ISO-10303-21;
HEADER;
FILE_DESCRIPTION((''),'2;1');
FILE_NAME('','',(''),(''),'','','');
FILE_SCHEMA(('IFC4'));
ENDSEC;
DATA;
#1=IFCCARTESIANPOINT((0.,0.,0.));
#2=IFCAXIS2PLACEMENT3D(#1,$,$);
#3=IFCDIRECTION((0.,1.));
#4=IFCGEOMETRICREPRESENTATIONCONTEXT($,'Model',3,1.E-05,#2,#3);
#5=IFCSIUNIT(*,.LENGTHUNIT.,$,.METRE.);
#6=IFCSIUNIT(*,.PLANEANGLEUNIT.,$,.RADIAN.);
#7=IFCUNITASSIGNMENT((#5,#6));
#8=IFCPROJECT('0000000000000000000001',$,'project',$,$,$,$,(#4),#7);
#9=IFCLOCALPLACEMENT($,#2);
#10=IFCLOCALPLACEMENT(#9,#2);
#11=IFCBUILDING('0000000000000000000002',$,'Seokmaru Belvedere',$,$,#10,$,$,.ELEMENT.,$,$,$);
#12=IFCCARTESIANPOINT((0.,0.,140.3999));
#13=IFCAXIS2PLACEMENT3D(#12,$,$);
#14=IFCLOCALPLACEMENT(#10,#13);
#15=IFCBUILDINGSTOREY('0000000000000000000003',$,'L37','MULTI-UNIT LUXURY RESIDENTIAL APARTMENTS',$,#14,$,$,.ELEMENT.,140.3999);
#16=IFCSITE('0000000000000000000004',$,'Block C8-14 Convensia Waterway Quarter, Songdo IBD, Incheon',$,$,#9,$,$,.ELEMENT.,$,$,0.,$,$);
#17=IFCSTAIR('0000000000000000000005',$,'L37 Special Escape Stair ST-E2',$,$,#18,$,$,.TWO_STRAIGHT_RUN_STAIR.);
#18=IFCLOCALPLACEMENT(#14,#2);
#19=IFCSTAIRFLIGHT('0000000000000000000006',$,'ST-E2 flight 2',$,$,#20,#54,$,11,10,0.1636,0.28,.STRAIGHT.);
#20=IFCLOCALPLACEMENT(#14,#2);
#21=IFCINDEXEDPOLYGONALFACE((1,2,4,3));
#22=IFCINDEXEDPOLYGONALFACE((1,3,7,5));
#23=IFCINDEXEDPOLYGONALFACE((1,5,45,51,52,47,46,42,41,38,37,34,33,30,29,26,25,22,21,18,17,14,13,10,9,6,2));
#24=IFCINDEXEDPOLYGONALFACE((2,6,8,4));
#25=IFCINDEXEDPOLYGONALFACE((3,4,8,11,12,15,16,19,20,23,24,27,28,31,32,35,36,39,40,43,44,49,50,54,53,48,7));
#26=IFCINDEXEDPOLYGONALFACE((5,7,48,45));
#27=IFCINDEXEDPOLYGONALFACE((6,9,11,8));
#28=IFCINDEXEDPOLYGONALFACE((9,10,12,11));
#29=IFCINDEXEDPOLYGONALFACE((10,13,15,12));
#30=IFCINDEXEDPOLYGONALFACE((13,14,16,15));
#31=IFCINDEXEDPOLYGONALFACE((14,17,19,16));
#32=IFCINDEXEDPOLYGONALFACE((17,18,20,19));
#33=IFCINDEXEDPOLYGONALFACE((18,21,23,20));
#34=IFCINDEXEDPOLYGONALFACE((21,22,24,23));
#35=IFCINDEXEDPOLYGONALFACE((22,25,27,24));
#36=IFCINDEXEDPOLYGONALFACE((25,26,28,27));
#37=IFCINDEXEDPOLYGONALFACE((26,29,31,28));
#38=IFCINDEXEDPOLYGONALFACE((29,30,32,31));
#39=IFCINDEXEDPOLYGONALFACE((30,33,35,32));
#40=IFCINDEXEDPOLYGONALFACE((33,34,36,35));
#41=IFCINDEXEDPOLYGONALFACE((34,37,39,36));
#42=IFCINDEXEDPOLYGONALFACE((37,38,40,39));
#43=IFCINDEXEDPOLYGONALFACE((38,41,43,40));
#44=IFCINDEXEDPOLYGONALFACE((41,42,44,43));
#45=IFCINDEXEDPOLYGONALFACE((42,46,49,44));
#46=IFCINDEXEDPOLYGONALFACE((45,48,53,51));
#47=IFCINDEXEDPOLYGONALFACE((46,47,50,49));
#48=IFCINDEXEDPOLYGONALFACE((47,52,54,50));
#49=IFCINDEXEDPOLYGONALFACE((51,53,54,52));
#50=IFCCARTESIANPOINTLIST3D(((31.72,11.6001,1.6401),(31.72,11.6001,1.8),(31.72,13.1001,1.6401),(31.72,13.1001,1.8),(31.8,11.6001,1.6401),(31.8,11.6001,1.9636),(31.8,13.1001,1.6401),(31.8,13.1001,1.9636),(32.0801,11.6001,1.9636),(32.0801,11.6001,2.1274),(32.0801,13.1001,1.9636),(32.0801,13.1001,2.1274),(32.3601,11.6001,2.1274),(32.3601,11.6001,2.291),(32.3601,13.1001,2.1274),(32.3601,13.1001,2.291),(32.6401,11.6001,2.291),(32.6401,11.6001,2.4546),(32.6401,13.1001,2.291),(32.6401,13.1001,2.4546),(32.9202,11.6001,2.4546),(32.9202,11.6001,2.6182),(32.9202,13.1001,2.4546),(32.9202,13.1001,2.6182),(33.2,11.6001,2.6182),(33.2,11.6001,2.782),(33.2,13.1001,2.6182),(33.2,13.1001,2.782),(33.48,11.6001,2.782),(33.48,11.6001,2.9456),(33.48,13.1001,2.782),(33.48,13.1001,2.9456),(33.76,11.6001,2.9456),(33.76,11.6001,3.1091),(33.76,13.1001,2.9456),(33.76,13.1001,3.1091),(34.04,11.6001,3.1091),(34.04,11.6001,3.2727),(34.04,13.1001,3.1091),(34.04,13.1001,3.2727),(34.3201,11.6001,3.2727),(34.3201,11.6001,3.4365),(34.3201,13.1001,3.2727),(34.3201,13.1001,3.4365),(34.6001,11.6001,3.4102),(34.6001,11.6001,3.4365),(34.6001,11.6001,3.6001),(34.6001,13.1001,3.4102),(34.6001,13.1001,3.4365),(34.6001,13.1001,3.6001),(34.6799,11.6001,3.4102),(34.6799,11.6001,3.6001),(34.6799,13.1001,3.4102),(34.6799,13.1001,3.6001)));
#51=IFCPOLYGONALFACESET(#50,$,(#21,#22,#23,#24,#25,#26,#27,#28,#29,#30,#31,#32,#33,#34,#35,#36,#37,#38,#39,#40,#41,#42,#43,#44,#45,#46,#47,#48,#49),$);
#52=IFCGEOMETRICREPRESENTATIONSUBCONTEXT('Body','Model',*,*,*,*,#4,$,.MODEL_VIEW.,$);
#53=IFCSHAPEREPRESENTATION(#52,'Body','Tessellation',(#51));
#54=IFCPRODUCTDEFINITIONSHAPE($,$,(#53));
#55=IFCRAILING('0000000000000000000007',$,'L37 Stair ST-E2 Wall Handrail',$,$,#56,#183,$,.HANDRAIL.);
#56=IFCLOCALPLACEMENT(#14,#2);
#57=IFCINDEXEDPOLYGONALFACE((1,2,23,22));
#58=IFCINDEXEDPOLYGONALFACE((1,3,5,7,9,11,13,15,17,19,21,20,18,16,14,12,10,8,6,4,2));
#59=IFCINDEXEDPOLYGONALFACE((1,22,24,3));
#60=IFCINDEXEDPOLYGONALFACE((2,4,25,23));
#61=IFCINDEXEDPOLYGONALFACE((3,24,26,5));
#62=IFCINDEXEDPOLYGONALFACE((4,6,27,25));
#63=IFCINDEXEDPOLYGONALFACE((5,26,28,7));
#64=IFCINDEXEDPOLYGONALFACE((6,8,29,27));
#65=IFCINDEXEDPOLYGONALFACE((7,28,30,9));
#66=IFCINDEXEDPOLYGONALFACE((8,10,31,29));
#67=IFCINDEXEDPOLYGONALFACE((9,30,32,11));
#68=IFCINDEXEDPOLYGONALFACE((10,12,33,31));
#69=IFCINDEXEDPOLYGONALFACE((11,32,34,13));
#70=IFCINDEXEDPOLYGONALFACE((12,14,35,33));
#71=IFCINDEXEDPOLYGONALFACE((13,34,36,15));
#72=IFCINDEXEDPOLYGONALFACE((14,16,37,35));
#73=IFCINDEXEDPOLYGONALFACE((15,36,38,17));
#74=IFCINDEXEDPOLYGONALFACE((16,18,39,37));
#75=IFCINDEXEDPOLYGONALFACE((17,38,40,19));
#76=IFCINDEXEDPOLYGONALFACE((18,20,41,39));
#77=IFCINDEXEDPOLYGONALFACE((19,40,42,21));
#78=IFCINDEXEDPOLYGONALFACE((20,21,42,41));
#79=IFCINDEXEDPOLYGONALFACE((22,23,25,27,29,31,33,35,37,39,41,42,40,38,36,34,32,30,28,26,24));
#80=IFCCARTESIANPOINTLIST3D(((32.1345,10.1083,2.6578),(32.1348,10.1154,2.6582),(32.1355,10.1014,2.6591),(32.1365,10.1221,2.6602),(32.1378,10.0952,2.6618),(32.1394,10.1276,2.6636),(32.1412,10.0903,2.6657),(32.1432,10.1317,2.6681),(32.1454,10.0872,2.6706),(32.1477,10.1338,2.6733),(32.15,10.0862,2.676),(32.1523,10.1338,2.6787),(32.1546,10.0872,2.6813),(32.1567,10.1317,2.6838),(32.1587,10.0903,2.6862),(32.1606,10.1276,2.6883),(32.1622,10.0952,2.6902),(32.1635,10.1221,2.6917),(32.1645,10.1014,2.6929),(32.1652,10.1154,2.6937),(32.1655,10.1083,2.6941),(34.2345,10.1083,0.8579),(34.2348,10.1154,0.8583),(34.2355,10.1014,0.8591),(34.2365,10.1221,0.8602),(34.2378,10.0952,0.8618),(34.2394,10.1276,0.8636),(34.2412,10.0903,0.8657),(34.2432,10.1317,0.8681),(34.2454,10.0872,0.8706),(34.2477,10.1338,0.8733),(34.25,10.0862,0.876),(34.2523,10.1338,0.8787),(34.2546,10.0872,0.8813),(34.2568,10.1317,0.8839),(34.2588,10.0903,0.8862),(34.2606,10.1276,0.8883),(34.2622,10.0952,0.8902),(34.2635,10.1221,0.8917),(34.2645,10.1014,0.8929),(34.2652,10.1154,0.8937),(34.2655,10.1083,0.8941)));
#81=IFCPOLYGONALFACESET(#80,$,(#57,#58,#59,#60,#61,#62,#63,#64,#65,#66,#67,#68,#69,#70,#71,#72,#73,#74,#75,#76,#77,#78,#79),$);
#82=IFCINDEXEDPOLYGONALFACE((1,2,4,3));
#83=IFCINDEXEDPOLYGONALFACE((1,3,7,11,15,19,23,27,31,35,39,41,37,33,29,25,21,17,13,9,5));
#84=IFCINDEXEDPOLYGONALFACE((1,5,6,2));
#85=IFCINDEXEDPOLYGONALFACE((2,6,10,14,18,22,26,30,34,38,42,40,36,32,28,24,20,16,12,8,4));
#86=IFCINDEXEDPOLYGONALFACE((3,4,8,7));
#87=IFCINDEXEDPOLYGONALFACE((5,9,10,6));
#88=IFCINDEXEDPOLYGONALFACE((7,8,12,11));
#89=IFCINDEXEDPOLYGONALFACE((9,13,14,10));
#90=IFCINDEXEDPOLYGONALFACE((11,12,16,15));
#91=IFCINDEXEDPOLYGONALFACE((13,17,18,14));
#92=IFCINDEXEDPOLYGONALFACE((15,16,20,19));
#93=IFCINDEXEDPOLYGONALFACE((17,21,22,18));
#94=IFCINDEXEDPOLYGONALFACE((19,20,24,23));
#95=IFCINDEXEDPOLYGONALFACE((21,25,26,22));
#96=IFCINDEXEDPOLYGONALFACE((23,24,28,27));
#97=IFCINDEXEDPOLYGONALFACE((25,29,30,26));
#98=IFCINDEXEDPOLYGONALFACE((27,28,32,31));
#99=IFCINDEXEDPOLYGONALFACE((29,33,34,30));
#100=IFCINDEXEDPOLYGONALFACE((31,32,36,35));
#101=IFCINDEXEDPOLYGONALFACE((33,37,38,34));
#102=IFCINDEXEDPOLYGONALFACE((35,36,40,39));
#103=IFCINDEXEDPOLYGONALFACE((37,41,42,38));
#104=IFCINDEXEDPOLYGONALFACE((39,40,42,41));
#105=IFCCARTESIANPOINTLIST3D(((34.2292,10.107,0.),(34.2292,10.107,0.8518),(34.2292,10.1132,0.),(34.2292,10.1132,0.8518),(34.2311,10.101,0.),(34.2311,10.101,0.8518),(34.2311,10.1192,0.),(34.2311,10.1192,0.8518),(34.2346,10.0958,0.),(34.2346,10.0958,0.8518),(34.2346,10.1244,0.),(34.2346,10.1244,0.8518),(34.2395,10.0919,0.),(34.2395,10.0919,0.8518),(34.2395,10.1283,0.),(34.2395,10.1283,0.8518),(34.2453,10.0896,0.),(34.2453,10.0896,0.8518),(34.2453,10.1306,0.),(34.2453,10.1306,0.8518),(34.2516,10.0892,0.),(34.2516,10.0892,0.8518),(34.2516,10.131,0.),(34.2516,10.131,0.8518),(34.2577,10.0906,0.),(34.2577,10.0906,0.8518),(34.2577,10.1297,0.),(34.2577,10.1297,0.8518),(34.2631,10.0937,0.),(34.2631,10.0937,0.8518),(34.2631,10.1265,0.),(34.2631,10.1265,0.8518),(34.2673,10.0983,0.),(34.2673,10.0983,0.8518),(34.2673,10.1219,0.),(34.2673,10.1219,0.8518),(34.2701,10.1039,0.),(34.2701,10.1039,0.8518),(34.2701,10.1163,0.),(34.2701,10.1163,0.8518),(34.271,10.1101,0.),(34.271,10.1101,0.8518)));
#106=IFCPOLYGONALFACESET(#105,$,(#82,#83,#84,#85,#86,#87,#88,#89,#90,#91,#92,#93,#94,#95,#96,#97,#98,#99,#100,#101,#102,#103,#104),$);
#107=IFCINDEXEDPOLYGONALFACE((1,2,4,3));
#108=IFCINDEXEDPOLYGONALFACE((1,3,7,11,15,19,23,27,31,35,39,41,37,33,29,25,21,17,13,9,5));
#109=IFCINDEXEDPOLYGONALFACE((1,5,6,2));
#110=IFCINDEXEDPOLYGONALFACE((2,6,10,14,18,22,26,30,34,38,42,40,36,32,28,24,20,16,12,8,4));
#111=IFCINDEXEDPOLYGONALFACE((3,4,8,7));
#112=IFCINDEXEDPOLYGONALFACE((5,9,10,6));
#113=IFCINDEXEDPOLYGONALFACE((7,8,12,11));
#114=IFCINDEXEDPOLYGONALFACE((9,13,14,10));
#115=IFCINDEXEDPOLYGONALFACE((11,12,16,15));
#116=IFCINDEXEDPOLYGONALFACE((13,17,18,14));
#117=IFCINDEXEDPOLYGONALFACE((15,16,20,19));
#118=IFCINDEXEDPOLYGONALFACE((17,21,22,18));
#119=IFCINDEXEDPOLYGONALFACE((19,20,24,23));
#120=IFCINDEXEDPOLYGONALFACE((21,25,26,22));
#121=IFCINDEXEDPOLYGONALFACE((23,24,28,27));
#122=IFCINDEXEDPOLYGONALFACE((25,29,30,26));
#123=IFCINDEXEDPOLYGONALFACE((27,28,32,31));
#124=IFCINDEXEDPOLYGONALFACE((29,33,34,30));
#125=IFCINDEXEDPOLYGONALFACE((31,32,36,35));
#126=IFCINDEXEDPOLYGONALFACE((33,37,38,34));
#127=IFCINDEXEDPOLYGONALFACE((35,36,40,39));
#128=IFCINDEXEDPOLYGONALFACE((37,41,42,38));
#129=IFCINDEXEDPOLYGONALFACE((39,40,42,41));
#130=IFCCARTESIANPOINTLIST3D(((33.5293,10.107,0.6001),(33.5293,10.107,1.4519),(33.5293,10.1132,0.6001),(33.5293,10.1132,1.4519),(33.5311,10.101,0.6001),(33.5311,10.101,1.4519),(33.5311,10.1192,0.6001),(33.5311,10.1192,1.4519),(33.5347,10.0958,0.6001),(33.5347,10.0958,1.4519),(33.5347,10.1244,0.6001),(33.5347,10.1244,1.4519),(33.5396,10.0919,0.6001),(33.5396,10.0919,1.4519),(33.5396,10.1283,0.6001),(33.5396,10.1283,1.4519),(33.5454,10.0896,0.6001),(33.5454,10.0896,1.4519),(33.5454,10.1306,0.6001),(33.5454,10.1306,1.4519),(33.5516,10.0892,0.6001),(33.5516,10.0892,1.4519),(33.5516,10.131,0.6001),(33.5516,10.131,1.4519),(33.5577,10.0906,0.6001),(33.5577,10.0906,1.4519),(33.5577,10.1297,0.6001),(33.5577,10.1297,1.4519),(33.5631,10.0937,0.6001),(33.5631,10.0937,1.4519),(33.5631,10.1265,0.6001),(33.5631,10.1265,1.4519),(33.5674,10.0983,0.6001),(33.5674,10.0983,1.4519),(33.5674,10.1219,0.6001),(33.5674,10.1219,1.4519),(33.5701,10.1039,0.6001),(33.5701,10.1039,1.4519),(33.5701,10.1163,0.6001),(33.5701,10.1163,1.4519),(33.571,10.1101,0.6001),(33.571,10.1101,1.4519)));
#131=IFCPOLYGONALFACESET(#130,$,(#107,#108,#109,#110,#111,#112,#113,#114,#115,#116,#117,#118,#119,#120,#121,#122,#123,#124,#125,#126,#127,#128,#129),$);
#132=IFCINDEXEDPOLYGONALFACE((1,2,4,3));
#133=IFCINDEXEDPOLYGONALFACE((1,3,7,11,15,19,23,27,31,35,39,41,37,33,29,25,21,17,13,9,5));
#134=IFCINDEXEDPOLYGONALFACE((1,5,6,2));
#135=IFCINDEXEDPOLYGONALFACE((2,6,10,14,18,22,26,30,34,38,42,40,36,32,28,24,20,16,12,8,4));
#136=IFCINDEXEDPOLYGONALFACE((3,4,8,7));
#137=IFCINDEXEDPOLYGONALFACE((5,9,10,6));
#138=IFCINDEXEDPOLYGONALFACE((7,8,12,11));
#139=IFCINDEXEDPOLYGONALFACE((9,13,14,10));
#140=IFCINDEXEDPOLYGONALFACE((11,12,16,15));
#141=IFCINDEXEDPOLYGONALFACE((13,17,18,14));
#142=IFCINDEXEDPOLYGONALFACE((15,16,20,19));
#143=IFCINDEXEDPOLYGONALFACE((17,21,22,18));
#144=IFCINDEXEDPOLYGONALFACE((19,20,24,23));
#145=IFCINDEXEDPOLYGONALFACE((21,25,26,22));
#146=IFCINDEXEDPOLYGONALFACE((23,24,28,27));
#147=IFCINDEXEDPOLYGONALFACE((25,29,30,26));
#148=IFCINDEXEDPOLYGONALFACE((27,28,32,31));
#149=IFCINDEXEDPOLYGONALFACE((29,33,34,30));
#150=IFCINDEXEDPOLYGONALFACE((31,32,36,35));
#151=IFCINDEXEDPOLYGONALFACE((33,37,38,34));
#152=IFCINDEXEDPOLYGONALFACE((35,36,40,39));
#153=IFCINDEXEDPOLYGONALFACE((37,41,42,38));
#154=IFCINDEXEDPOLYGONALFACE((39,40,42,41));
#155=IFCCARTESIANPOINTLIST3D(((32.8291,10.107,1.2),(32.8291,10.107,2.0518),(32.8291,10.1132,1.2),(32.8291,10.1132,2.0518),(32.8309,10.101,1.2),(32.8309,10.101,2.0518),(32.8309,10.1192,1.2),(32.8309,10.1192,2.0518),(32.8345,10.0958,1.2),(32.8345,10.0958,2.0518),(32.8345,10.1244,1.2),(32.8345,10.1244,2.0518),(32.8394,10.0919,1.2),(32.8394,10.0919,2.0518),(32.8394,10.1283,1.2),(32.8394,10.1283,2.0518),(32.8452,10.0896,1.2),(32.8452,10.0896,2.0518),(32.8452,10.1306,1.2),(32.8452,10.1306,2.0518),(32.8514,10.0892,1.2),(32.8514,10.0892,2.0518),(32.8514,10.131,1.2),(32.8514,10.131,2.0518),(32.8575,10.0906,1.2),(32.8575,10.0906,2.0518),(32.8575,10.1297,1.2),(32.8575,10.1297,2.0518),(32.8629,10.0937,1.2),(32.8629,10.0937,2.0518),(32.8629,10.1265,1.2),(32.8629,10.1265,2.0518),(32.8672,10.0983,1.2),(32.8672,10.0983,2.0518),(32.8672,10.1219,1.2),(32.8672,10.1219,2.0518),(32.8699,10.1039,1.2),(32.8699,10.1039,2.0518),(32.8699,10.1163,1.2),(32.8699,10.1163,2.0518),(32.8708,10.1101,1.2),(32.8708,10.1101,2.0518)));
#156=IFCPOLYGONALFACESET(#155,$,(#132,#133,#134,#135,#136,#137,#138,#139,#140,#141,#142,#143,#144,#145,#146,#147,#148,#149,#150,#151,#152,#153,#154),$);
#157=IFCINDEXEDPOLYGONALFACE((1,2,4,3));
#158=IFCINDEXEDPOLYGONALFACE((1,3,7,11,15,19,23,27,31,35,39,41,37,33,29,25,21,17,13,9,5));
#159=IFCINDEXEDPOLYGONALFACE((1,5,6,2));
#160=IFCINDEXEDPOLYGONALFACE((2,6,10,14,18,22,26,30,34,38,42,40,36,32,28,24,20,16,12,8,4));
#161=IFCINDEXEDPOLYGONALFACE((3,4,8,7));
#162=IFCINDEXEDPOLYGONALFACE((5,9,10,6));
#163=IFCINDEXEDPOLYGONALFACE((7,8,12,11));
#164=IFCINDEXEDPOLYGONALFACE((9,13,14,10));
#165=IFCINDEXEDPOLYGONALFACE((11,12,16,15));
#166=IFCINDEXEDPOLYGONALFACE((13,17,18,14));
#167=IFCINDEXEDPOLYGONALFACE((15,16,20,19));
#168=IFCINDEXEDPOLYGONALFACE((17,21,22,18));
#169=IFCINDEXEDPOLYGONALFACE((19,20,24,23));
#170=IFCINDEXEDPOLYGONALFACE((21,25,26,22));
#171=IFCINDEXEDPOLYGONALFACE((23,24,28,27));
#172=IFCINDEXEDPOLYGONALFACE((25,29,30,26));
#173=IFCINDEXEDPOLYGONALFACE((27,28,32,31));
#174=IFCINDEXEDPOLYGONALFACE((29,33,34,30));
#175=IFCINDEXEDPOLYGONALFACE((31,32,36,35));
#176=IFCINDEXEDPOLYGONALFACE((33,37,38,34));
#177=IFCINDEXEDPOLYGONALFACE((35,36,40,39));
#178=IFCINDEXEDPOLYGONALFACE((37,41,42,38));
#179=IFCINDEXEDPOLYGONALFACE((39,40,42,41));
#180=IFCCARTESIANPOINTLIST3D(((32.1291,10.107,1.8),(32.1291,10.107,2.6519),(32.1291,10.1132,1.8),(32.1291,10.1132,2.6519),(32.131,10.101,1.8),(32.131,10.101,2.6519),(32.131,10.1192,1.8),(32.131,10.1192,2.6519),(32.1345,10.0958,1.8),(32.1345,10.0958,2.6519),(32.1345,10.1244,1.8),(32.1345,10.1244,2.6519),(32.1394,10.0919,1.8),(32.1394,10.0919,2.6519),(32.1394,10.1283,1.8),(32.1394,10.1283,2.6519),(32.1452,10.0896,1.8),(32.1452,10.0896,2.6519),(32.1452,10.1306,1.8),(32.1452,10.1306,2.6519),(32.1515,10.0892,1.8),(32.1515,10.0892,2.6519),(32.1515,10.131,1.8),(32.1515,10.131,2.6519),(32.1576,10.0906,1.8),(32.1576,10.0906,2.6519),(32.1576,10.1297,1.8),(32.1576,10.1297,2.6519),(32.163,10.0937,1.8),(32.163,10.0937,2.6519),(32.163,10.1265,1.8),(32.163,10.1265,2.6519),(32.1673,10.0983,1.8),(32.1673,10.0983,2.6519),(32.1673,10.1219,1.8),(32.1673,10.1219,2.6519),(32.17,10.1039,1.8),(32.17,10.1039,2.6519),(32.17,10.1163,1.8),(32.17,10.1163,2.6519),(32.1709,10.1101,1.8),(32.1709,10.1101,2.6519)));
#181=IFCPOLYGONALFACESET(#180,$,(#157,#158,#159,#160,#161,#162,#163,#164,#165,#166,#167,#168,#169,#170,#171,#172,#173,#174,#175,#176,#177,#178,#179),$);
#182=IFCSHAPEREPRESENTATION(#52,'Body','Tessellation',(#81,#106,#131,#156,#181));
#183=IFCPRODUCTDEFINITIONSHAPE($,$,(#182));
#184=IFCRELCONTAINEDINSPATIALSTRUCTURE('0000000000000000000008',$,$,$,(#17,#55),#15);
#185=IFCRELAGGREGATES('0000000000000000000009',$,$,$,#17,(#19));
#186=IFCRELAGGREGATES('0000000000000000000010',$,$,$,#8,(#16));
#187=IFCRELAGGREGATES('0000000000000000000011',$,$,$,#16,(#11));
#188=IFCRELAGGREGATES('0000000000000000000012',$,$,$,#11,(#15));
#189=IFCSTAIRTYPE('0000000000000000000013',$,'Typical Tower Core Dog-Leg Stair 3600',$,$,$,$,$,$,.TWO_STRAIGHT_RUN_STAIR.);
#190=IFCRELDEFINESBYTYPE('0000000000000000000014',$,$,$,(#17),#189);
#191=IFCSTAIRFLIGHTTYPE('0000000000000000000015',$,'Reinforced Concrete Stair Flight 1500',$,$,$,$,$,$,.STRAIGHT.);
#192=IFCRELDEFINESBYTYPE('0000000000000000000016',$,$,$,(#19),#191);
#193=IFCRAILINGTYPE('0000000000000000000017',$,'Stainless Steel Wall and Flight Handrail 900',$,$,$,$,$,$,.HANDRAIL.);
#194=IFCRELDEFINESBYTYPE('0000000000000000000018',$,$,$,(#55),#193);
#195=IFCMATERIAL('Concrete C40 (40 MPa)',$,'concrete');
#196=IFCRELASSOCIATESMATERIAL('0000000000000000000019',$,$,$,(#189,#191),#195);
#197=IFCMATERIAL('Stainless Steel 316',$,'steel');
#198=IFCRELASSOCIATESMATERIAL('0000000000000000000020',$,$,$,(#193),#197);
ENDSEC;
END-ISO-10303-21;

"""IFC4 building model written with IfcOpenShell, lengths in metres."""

from ifc_helpers import new_model, si_unit, direction, frame, origin, origin_2d, place, context, subcontext, project, spatial, polyline, circle, outline, extrude, material, type_object, element, aggregate, save


model = new_model("IFC4")

# Units and contexts
model_context = context("Model", 3, precision=1e-05, world=origin(), true_north=direction((0.0, 1.0)))
body_context = subcontext(model_context, "Body", "Model", "MODEL_VIEW")
ifc_project = project(units=[si_unit("LENGTHUNIT", "METRE"), si_unit("PLANEANGLEUNIT", "RADIAN")], contexts=[model_context])

# Site, building, storey
site_placement = place(None, origin())
site = spatial("IfcSite", under=ifc_project, at=site_placement, Name="Block C8-14 Convensia Waterway Quarter, Songdo IBD, Incheon", CompositionType="ELEMENT", RefElevation=0.0)
building_placement = place(site_placement, origin())
building = spatial("IfcBuilding", under=site, at=building_placement, Name="Seokmaru Belvedere", CompositionType="ELEMENT")
storey_placement = place(building_placement, frame((0.0, 0.0, 140.3999)))
storey = spatial("IfcBuildingStorey", under=building, at=storey_placement, Name="L37", Description="MULTI-UNIT LUXURY RESIDENTIAL APARTMENTS", CompositionType="ELEMENT", Elevation=140.3999)

# Shared definitions
ifc_material_1 = material(Name="Stainless Steel 316", Category="steel")

# Stair, stair flight
ifc_material_2 = material(Name="Concrete C40 (40 MPa)", Category="concrete")
stair_type = type_object("IfcStairType", Name="Typical Tower Core Dog-Leg Stair 3600", PredefinedType="TWO_STRAIGHT_RUN_STAIR", material=ifc_material_2)
stair_placement = place(storey_placement, origin())
stair = element("IfcStair", 1, at=stair_placement, inside=storey, type_object=stair_type, Name="L37 Special Escape Stair ST-E2", PredefinedType="TWO_STRAIGHT_RUN_STAIR")
stair_flight_type = type_object("IfcStairFlightType", Name="Reinforced Concrete Stair Flight 1500", PredefinedType="STRAIGHT", material=ifc_material_2)
stair_flight_1_placement = place(storey_placement, frame((31.8, 12.3501, 1.8), z_axis=(0.0, 0.0, 1.0), x_axis=(1.0, 0.0, 0.0)))
stair_flight_1 = element("IfcStairFlight", 2, at=stair_flight_1_placement, type_object=stair_flight_type, Name="ST-E2 flight 2", NumberOfRisers=11, NumberOfTreads=10, PredefinedType="STRAIGHT", RiserHeight=0.1636, TreadLength=0.28, context=body_context, shape_type="SweptSolid", body=[
    extrude(outline(polyline([(-0.0801, 0.0), (0.0, 0.1636), (0.28, 0.1636), (0.28, 0.3274), (0.5601, 0.3274), (0.5601, 0.491), (0.8401, 0.491), (0.8401, 0.6545), (1.1201, 0.6545), (1.1201, 0.8181), (1.3999, 0.8181), (1.3999, 0.9819), (1.6799, 0.9819), (1.6799, 1.1455), (1.96, 1.1455), (1.96, 1.3091), (2.24, 1.3091), (2.24, 1.4727), (2.52, 1.4727), (2.52, 1.6365), (2.8, 1.6365), (2.8, 1.8), (2.8799, 1.8), (2.8799, 1.6101), (2.8, 1.6101), (0.0, -0.1599), (-0.0801, -0.1599), (-0.0801, 0.0)])), frame((0.0, 0.75, 0.0), z_axis=(0.0, -1.0, 0.0), x_axis=(1.0, 0.0, 0.0)), (0.0, 0.0, 1.0), 1.5),
])
aggregate(stair, [stair_flight_1])

# Railing
railing_type_1 = type_object("IfcRailingType", Name="Stainless Steel Wall and Flight Handrail 900", PredefinedType="HANDRAIL", material=ifc_material_1)
railing_1_placement = place(storey_placement, frame((34.25, 10.1101, 0.0)))
element("IfcRailing", 3, at=railing_1_placement, inside=storey, type_object=railing_type_1, Name="L37 Stair ST-E2 Wall Handrail", PredefinedType="HANDRAIL", context=body_context, shape_type="SweptSolid", body=[
    extrude(circle(Radius=0.0239, at=origin_2d()), frame((0.0, 0.0, 0.876), z_axis=(-0.759263, 0.0, 0.650784), x_axis=(0.0, -1.0, 0.0)), (0.0, 0.0, 1.0), 2.7659),
    extrude(circle(Radius=0.021, at=origin_2d()), origin(), (0.0, 0.0, 1.0), 0.8518),
    extrude(circle(Radius=0.021, at=origin_2d()), frame((-0.7, 0.0, 0.6001)), (0.0, 0.0, 1.0), 0.8518),
    extrude(circle(Radius=0.021, at=origin_2d()), frame((-1.4001, 0.0, 1.2)), (0.0, 0.0, 1.0), 0.8518),
    extrude(circle(Radius=0.021, at=origin_2d()), frame((-2.1001, 0.0, 1.8)), (0.0, 0.0, 1.0), 0.8518),
])

save(model, "model.ifc")
